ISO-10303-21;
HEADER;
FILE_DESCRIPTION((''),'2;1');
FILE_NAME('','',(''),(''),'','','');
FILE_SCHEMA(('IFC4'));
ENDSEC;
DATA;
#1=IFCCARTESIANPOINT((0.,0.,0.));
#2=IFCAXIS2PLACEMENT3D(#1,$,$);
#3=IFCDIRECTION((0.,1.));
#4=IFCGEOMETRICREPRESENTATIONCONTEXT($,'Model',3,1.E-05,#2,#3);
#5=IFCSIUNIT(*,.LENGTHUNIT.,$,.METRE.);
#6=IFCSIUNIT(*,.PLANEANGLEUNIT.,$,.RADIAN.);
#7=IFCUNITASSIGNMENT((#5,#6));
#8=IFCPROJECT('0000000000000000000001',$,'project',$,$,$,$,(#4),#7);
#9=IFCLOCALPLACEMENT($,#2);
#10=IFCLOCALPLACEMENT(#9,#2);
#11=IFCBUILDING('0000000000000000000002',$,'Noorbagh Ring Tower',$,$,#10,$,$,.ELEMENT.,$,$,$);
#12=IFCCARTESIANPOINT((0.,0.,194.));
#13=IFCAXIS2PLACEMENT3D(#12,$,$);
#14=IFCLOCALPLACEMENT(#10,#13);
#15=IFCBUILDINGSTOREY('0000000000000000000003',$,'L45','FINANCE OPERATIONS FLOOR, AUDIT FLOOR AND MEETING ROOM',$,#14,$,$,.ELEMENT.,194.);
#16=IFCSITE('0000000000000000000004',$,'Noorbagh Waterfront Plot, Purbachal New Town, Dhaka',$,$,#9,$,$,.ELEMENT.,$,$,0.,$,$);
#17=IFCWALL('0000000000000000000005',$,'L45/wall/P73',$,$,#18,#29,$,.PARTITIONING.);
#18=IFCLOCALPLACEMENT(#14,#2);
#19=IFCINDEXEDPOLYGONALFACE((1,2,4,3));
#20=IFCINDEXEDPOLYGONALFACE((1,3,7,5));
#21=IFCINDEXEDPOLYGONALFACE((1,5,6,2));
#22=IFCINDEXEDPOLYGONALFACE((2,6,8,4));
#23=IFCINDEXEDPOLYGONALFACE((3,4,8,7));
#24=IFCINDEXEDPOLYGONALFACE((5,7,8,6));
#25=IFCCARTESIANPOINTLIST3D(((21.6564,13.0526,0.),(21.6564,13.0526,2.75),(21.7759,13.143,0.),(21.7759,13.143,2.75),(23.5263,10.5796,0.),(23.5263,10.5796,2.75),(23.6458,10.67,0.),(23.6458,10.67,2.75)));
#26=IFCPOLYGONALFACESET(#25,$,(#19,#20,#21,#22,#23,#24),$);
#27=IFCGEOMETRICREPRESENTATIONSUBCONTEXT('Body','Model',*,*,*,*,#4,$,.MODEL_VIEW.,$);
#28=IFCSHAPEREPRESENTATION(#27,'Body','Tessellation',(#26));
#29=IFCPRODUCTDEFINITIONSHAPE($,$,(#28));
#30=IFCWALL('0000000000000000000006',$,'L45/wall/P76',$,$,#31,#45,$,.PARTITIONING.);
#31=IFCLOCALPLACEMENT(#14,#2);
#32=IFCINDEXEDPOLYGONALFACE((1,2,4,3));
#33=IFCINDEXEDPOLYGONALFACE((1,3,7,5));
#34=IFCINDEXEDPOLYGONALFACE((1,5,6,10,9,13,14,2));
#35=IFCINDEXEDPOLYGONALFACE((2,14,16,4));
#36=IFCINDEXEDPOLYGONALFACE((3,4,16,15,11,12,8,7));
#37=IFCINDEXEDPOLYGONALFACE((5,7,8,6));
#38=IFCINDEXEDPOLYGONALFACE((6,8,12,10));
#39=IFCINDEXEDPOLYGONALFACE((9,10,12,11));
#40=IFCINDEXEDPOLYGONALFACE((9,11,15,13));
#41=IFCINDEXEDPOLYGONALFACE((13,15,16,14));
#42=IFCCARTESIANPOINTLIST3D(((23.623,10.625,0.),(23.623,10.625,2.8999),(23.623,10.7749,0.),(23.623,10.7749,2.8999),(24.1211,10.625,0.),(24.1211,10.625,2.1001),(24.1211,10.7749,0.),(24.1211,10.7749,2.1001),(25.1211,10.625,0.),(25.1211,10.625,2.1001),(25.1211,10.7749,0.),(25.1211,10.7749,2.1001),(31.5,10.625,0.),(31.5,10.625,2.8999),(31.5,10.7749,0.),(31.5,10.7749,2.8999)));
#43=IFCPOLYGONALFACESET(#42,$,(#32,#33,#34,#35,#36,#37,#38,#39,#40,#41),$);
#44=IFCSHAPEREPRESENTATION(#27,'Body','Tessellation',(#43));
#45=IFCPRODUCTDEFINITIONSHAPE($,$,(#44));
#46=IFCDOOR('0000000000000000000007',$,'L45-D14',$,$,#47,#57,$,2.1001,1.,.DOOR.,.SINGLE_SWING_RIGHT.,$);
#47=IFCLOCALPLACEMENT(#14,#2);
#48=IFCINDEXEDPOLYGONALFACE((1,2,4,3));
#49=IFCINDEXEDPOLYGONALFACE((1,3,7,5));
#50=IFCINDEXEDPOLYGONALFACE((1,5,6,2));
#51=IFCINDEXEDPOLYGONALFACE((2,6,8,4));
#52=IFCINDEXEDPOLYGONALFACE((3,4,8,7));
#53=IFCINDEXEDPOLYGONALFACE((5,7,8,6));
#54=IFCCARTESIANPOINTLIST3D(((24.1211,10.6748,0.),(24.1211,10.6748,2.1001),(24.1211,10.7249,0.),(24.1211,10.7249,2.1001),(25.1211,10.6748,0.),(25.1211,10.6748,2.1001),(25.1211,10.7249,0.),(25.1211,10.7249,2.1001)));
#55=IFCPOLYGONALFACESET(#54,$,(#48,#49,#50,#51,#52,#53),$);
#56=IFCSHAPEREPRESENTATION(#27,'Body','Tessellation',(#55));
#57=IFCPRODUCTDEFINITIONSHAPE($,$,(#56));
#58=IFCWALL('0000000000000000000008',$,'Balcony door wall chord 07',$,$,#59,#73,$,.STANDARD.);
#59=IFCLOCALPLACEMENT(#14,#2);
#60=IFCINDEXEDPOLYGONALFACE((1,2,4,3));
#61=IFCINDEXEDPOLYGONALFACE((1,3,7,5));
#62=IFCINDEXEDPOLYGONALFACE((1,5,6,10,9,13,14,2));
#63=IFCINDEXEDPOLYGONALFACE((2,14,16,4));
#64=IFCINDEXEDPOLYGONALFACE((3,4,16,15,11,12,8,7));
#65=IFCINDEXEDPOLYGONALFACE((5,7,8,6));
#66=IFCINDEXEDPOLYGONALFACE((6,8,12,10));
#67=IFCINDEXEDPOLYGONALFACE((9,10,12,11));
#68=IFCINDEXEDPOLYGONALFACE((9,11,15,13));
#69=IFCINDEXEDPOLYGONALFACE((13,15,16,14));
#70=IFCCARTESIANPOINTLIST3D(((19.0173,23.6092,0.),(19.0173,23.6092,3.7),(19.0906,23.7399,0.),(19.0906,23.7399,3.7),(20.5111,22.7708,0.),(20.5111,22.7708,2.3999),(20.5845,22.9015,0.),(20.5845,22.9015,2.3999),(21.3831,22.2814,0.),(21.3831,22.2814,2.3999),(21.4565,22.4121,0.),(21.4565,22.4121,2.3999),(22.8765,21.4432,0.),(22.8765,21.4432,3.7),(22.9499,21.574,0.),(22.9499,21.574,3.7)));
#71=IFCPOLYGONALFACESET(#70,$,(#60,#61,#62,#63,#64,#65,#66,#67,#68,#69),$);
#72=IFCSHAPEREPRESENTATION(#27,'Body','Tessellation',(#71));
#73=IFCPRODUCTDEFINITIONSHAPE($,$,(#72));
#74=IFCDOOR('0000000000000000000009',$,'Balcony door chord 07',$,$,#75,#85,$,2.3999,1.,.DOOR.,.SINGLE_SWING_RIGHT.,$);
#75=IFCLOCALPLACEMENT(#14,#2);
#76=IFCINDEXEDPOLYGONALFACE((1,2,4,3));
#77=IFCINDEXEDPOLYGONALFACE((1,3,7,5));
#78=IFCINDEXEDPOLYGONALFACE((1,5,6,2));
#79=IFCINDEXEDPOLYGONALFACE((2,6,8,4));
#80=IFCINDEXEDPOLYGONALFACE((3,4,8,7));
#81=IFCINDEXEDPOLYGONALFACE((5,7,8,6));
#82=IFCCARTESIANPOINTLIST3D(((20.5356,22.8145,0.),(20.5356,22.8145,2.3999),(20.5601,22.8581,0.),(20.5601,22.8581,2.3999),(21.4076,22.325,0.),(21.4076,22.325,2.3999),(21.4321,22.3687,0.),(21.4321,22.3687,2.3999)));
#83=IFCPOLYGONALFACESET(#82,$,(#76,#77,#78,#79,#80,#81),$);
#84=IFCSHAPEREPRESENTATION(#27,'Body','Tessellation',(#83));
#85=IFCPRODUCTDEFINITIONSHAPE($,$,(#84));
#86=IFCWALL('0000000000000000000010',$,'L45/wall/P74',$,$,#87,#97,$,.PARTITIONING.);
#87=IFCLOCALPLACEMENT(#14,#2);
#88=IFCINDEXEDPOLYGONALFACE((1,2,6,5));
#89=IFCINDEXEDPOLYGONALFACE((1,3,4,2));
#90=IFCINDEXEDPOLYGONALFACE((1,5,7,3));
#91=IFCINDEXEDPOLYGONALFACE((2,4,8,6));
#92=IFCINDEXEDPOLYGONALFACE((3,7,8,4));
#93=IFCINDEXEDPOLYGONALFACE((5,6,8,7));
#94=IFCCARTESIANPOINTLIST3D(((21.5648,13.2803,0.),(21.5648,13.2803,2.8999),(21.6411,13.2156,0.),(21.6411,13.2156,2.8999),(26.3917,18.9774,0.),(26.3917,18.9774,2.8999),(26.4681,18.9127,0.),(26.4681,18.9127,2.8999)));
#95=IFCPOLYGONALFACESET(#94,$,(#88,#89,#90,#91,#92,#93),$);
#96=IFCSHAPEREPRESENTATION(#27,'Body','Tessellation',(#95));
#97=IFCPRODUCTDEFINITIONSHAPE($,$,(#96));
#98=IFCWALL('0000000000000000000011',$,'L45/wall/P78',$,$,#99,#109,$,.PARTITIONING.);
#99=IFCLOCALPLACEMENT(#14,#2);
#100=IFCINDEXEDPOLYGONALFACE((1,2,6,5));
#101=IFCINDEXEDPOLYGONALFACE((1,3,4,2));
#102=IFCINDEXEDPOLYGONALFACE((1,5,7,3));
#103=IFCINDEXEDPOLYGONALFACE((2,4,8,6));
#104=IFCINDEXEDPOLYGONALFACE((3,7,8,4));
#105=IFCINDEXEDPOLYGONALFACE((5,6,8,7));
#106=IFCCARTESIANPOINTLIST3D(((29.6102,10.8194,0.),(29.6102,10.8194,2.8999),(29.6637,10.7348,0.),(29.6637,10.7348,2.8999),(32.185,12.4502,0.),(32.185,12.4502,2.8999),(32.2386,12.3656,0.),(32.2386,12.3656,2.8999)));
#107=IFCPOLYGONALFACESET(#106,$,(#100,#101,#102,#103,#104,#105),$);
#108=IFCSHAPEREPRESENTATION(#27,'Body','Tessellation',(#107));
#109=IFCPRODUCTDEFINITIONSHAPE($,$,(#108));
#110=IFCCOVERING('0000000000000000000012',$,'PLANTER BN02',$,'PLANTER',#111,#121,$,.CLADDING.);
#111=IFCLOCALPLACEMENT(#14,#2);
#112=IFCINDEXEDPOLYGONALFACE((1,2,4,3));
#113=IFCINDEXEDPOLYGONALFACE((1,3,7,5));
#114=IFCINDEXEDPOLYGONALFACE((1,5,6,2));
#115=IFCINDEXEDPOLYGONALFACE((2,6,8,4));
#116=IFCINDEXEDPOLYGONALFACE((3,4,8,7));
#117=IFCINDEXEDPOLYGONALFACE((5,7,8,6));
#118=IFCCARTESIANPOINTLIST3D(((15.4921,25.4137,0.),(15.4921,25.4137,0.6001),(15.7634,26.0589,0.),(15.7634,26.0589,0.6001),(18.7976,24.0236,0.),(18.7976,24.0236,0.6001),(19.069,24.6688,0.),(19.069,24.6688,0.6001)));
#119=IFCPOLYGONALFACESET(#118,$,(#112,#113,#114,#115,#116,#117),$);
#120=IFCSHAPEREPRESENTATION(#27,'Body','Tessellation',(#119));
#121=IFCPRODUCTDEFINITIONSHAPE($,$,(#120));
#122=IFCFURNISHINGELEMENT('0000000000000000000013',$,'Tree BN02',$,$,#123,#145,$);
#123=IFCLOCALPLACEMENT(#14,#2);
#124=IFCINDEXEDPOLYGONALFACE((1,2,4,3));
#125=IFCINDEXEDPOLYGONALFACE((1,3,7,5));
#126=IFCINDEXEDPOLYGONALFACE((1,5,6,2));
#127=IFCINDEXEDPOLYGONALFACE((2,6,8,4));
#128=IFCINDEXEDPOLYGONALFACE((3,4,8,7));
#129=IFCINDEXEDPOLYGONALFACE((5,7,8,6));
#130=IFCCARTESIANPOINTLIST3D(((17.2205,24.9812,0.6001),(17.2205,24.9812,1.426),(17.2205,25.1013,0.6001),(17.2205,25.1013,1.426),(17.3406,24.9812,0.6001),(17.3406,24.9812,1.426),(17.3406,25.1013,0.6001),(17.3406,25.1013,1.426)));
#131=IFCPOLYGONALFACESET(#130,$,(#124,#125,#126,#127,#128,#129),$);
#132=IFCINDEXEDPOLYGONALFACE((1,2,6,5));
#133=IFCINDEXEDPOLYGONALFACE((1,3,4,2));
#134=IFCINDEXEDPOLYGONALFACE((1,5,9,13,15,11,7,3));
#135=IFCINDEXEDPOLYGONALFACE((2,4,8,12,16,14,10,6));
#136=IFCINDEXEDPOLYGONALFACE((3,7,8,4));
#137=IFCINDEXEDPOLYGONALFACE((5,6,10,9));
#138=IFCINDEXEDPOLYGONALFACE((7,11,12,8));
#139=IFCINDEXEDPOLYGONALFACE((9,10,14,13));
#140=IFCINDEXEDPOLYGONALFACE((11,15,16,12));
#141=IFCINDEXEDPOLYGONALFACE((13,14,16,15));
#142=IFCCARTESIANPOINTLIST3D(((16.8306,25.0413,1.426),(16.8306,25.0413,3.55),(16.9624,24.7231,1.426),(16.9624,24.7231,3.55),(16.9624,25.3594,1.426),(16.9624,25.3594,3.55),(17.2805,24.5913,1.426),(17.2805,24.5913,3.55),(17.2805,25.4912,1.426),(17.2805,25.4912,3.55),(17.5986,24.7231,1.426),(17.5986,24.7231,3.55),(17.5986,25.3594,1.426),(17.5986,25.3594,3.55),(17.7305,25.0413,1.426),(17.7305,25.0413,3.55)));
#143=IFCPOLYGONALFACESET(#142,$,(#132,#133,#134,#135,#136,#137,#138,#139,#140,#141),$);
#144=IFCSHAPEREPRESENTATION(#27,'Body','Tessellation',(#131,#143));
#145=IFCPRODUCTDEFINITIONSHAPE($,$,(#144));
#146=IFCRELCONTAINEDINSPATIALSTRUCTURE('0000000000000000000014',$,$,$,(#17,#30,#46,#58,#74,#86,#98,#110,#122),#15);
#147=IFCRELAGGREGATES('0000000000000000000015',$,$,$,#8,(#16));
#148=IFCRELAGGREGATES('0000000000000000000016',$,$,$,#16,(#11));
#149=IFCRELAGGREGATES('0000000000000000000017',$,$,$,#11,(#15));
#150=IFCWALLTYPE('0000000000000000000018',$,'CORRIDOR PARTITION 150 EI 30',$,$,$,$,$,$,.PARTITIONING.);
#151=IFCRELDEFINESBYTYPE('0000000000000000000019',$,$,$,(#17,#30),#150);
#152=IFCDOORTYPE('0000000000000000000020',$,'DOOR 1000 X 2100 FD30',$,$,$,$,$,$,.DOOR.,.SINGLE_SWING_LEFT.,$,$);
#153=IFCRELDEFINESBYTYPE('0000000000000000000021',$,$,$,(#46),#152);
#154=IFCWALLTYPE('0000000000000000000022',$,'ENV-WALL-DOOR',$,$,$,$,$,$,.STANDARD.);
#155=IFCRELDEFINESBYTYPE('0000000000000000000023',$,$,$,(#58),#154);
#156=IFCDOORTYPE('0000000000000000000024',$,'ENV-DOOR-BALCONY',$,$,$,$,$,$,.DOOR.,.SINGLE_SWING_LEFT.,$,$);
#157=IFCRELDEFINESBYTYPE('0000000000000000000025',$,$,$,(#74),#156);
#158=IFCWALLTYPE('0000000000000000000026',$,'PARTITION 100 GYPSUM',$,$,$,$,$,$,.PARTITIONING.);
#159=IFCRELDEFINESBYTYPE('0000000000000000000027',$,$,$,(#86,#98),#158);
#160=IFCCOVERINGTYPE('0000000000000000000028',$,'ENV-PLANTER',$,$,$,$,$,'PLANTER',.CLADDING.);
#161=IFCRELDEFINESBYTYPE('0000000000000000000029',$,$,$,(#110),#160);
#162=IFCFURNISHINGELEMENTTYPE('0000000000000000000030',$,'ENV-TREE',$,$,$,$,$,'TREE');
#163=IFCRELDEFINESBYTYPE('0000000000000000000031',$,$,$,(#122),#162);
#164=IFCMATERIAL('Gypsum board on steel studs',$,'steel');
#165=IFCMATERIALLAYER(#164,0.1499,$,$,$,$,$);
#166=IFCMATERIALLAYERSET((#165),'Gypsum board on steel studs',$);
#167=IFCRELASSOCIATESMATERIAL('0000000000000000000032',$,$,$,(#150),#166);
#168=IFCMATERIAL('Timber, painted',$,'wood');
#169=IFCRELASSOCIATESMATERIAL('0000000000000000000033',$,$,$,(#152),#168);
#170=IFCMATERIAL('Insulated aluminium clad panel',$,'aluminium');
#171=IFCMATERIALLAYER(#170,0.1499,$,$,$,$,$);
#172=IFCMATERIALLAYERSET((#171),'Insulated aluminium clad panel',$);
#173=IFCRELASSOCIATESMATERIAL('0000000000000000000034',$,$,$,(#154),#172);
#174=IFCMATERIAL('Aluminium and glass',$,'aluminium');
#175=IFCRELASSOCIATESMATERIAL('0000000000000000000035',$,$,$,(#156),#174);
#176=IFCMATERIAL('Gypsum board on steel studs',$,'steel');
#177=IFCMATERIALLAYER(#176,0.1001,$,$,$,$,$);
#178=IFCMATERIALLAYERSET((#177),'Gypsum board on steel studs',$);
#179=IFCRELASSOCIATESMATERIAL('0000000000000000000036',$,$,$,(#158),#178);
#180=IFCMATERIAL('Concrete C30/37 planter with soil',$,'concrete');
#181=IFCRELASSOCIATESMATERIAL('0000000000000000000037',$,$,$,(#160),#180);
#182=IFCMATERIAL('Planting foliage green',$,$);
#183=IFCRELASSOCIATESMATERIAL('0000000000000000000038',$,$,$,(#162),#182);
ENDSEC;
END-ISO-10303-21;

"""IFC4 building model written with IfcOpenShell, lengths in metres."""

from ifc_helpers import new_model, si_unit, direction, frame, frame_2d, origin, origin_2d, place, context, subcontext, project, spatial, polyline, rectangle, outline, extrude, material, layer, layer_set, type_object, element, fill, save


model = new_model("IFC4")

# Units and contexts
model_context = context("Model", 3, precision=1e-05, world=origin(), true_north=direction((0.0, 1.0)))
body_context = subcontext(model_context, "Body", "Model", "MODEL_VIEW")
ifc_project = project(units=[si_unit("LENGTHUNIT", "METRE"), si_unit("PLANEANGLEUNIT", "RADIAN")], contexts=[model_context])

# Site, building, storey
site_placement = place(None, origin())
site = spatial("IfcSite", under=ifc_project, at=site_placement, Name="Noorbagh Waterfront Plot, Purbachal New Town, Dhaka", CompositionType="ELEMENT", RefElevation=0.0)
building_placement = place(site_placement, origin())
building = spatial("IfcBuilding", under=site, at=building_placement, Name="Noorbagh Ring Tower", CompositionType="ELEMENT")
storey_placement = place(building_placement, frame((0.0, 0.0, 194.0)))
storey = spatial("IfcBuildingStorey", under=building, at=storey_placement, Name="L45", Description="FINANCE OPERATIONS FLOOR, AUDIT FLOOR AND MEETING ROOM", CompositionType="ELEMENT", Elevation=194.0)

# Wall
ifc_material_1 = material(Name="Gypsum board on steel studs", Category="steel")
ifc_layer_1 = layer(ifc_material_1, 0.1499)
ifc_layer_set_1 = layer_set([ifc_layer_1], Name="Gypsum board on steel studs")
wall_type_1 = type_object("IfcWallType", Name="CORRIDOR PARTITION 150 EI 30", PredefinedType="PARTITIONING", material=ifc_layer_set_1)
wall_1_placement = place(storey_placement, frame((21.7161, 13.0979, 0.0), z_axis=(0.0, 0.0, 1.0), x_axis=(0.603133, -0.797641, 0.0)))
element("IfcWall", 1, at=wall_1_placement, inside=storey, type_object=wall_type_1, Name="L45/wall/P73", PredefinedType="PARTITIONING", context=body_context, shape_type="SweptSolid", body=[
    extrude(rectangle(XDim=3.1003, YDim=0.1499, at=frame_2d((1.5503, 0.0))), origin(), (0.0, 0.0, 1.0), 2.75),
])

# Walls, openings, doors
wall_2_placement = place(storey_placement, frame((23.623, 10.7, 0.0), z_axis=(0.0, 0.0, 1.0), x_axis=(1.0, 0.0, 0.0)))
wall_2 = element("IfcWall", 2, at=wall_2_placement, inside=storey, type_object=wall_type_1, Name="L45/wall/P76", PredefinedType="PARTITIONING", context=body_context, shape_type="SweptSolid", body=[
    extrude(rectangle(XDim=7.877, YDim=0.1499, at=frame_2d((3.9385, 0.0))), origin(), (0.0, 0.0, 1.0), 2.8999),
])
opening_1_placement = place(wall_2_placement, frame((0.498, 0.0, 0.0)))
opening_1 = element("IfcOpeningElement", 3, at=opening_1_placement, cuts=wall_2, PredefinedType="OPENING", context=body_context, shape_type="SweptSolid", body=[
    extrude(rectangle(XDim=1.0, YDim=2.1001, at=frame_2d((0.5, 1.05))), frame((0.0, 0.085, 0.0), z_axis=(0.0, -1.0, 0.0), x_axis=(1.0, 0.0, 0.0)), (0.0, 0.0, 1.0), 0.1699),
])
ifc_material_2 = material(Name="Timber, painted", Category="wood")
door_type_1 = type_object("IfcDoorType", Name="DOOR 1000 X 2100 FD30", OperationType="SINGLE_SWING_LEFT", PredefinedType="DOOR", material=ifc_material_2)
door_1_placement = place(opening_1_placement, origin())
door_1 = element("IfcDoor", 4, at=door_1_placement, inside=storey, type_object=door_type_1, Name="L45-D14", OperationType="SINGLE_SWING_RIGHT", OverallHeight=2.1001, OverallWidth=1.0, PredefinedType="DOOR", context=body_context, shape_type="SweptSolid", body=[
    extrude(rectangle(XDim=1.0, YDim=2.1001, at=frame_2d((0.5, 1.05))), frame((0.0, 0.0249, 0.0), z_axis=(0.0, -1.0, 0.0), x_axis=(1.0, 0.0, 0.0)), (0.0, 0.0, 1.0), 0.05),
])
fill(opening_1, door_1)
ifc_material_3 = material(Name="Insulated aluminium clad panel", Category="aluminium")
ifc_layer_2 = layer(ifc_material_3, 0.1499)
ifc_layer_set_2 = layer_set([ifc_layer_2], Name="Insulated aluminium clad panel")
wall_type_2 = type_object("IfcWallType", Name="ENV-WALL-DOOR", PredefinedType="STANDARD", material=ifc_layer_set_2)
wall_3_placement = place(storey_placement, frame((22.9133, 21.5085, 0.0), z_axis=(0.0, 0.0, 1.0), x_axis=(-0.872047, 0.489423, 0.0)))
wall_3 = element("IfcWall", 5, at=wall_3_placement, inside=storey, type_object=wall_type_2, Name="Balcony door wall chord 07", PredefinedType="STANDARD", context=body_context, shape_type="SweptSolid", body=[
    extrude(rectangle(XDim=4.4255, YDim=0.1499, at=frame_2d((2.2129, 0.0))), origin(), (0.0, 0.0, 1.0), 3.7),
])
opening_2_placement = place(wall_3_placement, frame((1.7126, 0.0, 0.0)))
opening_2 = element("IfcOpeningElement", 6, at=opening_2_placement, cuts=wall_3, PredefinedType="OPENING", context=body_context, shape_type="SweptSolid", body=[
    extrude(rectangle(XDim=1.0, YDim=2.3999, at=frame_2d((0.5, 1.2))), frame((0.0, 0.085, 0.0), z_axis=(0.0, -1.0, 0.0), x_axis=(1.0, 0.0, 0.0)), (0.0, 0.0, 1.0), 0.1699),
])
ifc_material_4 = material(Name="Aluminium and glass", Category="aluminium")
door_type_2 = type_object("IfcDoorType", Name="ENV-DOOR-BALCONY", OperationType="SINGLE_SWING_LEFT", PredefinedType="DOOR", material=ifc_material_4)
door_2_placement = place(opening_2_placement, origin())
door_2 = element("IfcDoor", 7, at=door_2_placement, inside=storey, type_object=door_type_2, Name="Balcony door chord 07", OperationType="SINGLE_SWING_RIGHT", OverallHeight=2.3999, OverallWidth=1.0, PredefinedType="DOOR", context=body_context, shape_type="SweptSolid", body=[
    extrude(rectangle(XDim=1.0, YDim=2.3999, at=frame_2d((0.5, 1.2))), frame((0.0, 0.0249, 0.0), z_axis=(0.0, -1.0, 0.0), x_axis=(1.0, 0.0, 0.0)), (0.0, 0.0, 1.0), 0.05),
])
fill(opening_2, door_2)

# Walls
ifc_material_5 = material(Name="Gypsum board on steel studs", Category="steel")
ifc_layer_3 = layer(ifc_material_5, 0.1001)
ifc_layer_set_3 = layer_set([ifc_layer_3], Name="Gypsum board on steel studs")
wall_type_3 = type_object("IfcWallType", Name="PARTITION 100 GYPSUM", PredefinedType="PARTITIONING", material=ifc_layer_set_3)
wall_4_placement = place(storey_placement, frame((21.603, 13.248, 0.0), z_axis=(0.0, 0.0, 1.0), x_axis=(0.646438, 0.762967, 0.0)))
element("IfcWall", 8, at=wall_4_placement, inside=storey, type_object=wall_type_3, Name="L45/wall/P74", PredefinedType="PARTITIONING", context=body_context, shape_type="SweptSolid", body=[
    extrude(rectangle(XDim=7.467, YDim=0.1001, at=frame_2d((3.7334, 0.0))), origin(), (0.0, 0.0, 1.0), 2.8999),
])
wall_5_placement = place(storey_placement, frame((29.637, 10.7771, 0.0), z_axis=(0.0, 0.0, 1.0), x_axis=(0.844811, 0.535065, 0.0)))
element("IfcWall", 9, at=wall_5_placement, inside=storey, type_object=wall_type_3, Name="L45/wall/P78", PredefinedType="PARTITIONING", context=body_context, shape_type="SweptSolid", body=[
    extrude(rectangle(XDim=3.0479, YDim=0.1001, at=frame_2d((1.5239, 0.0))), origin(), (0.0, 0.0, 1.0), 2.8999),
])

# Covering
ifc_material_6 = material(Name="Concrete C30/37 planter with soil", Category="concrete")
covering_type = type_object("IfcCoveringType", Name="ENV-PLANTER", ElementType="PLANTER", PredefinedType="CLADDING", material=ifc_material_6)
covering_placement = place(storey_placement, frame((17.2805, 25.0413, 0.0), z_axis=(0.0, 0.0, 1.0), x_axis=(-0.921812, 0.387638, 0.0)))
element("IfcCovering", 10, at=covering_placement, inside=storey, type_object=covering_type, Name="PLANTER BN02", ObjectType="PLANTER", PredefinedType="CLADDING", context=body_context, shape_type="SweptSolid", body=[
    extrude(rectangle(XDim=3.5859, YDim=0.7, at=origin_2d()), origin(), (0.0, 0.0, 1.0), 0.6001),
])

# Furnishing element
ifc_material_7 = material(Name="Planting foliage green")
furnishing_element_type = type_object("IfcFurnishingElementType", Name="ENV-TREE", ElementType="TREE", material=ifc_material_7)
furnishing_placement = place(storey_placement, frame((17.2805, 25.0413, 0.6001), z_axis=(0.0, 0.0, 1.0), x_axis=(1.0, 0.0, 0.0)))
element("IfcFurnishingElement", 11, at=furnishing_placement, inside=storey, type_object=furnishing_element_type, Name="Tree BN02", context=body_context, shape_type="SweptSolid", body=[
    extrude(rectangle(XDim=0.1201, YDim=0.1201, at=origin_2d()), origin(), (0.0, 0.0, 1.0), 0.8259),
    extrude(outline(polyline([(0.45, 0.0), (0.3181, 0.3181), (0.0, 0.45), (-0.3181, 0.3181), (-0.45, 0.0), (-0.3181, -0.3181), (0.0, -0.45), (0.3181, -0.3181), (0.45, 0.0)])), frame((0.0, 0.0, 0.8259)), (0.0, 0.0, 1.0), 2.124),
])

save(model, "model.ifc")
